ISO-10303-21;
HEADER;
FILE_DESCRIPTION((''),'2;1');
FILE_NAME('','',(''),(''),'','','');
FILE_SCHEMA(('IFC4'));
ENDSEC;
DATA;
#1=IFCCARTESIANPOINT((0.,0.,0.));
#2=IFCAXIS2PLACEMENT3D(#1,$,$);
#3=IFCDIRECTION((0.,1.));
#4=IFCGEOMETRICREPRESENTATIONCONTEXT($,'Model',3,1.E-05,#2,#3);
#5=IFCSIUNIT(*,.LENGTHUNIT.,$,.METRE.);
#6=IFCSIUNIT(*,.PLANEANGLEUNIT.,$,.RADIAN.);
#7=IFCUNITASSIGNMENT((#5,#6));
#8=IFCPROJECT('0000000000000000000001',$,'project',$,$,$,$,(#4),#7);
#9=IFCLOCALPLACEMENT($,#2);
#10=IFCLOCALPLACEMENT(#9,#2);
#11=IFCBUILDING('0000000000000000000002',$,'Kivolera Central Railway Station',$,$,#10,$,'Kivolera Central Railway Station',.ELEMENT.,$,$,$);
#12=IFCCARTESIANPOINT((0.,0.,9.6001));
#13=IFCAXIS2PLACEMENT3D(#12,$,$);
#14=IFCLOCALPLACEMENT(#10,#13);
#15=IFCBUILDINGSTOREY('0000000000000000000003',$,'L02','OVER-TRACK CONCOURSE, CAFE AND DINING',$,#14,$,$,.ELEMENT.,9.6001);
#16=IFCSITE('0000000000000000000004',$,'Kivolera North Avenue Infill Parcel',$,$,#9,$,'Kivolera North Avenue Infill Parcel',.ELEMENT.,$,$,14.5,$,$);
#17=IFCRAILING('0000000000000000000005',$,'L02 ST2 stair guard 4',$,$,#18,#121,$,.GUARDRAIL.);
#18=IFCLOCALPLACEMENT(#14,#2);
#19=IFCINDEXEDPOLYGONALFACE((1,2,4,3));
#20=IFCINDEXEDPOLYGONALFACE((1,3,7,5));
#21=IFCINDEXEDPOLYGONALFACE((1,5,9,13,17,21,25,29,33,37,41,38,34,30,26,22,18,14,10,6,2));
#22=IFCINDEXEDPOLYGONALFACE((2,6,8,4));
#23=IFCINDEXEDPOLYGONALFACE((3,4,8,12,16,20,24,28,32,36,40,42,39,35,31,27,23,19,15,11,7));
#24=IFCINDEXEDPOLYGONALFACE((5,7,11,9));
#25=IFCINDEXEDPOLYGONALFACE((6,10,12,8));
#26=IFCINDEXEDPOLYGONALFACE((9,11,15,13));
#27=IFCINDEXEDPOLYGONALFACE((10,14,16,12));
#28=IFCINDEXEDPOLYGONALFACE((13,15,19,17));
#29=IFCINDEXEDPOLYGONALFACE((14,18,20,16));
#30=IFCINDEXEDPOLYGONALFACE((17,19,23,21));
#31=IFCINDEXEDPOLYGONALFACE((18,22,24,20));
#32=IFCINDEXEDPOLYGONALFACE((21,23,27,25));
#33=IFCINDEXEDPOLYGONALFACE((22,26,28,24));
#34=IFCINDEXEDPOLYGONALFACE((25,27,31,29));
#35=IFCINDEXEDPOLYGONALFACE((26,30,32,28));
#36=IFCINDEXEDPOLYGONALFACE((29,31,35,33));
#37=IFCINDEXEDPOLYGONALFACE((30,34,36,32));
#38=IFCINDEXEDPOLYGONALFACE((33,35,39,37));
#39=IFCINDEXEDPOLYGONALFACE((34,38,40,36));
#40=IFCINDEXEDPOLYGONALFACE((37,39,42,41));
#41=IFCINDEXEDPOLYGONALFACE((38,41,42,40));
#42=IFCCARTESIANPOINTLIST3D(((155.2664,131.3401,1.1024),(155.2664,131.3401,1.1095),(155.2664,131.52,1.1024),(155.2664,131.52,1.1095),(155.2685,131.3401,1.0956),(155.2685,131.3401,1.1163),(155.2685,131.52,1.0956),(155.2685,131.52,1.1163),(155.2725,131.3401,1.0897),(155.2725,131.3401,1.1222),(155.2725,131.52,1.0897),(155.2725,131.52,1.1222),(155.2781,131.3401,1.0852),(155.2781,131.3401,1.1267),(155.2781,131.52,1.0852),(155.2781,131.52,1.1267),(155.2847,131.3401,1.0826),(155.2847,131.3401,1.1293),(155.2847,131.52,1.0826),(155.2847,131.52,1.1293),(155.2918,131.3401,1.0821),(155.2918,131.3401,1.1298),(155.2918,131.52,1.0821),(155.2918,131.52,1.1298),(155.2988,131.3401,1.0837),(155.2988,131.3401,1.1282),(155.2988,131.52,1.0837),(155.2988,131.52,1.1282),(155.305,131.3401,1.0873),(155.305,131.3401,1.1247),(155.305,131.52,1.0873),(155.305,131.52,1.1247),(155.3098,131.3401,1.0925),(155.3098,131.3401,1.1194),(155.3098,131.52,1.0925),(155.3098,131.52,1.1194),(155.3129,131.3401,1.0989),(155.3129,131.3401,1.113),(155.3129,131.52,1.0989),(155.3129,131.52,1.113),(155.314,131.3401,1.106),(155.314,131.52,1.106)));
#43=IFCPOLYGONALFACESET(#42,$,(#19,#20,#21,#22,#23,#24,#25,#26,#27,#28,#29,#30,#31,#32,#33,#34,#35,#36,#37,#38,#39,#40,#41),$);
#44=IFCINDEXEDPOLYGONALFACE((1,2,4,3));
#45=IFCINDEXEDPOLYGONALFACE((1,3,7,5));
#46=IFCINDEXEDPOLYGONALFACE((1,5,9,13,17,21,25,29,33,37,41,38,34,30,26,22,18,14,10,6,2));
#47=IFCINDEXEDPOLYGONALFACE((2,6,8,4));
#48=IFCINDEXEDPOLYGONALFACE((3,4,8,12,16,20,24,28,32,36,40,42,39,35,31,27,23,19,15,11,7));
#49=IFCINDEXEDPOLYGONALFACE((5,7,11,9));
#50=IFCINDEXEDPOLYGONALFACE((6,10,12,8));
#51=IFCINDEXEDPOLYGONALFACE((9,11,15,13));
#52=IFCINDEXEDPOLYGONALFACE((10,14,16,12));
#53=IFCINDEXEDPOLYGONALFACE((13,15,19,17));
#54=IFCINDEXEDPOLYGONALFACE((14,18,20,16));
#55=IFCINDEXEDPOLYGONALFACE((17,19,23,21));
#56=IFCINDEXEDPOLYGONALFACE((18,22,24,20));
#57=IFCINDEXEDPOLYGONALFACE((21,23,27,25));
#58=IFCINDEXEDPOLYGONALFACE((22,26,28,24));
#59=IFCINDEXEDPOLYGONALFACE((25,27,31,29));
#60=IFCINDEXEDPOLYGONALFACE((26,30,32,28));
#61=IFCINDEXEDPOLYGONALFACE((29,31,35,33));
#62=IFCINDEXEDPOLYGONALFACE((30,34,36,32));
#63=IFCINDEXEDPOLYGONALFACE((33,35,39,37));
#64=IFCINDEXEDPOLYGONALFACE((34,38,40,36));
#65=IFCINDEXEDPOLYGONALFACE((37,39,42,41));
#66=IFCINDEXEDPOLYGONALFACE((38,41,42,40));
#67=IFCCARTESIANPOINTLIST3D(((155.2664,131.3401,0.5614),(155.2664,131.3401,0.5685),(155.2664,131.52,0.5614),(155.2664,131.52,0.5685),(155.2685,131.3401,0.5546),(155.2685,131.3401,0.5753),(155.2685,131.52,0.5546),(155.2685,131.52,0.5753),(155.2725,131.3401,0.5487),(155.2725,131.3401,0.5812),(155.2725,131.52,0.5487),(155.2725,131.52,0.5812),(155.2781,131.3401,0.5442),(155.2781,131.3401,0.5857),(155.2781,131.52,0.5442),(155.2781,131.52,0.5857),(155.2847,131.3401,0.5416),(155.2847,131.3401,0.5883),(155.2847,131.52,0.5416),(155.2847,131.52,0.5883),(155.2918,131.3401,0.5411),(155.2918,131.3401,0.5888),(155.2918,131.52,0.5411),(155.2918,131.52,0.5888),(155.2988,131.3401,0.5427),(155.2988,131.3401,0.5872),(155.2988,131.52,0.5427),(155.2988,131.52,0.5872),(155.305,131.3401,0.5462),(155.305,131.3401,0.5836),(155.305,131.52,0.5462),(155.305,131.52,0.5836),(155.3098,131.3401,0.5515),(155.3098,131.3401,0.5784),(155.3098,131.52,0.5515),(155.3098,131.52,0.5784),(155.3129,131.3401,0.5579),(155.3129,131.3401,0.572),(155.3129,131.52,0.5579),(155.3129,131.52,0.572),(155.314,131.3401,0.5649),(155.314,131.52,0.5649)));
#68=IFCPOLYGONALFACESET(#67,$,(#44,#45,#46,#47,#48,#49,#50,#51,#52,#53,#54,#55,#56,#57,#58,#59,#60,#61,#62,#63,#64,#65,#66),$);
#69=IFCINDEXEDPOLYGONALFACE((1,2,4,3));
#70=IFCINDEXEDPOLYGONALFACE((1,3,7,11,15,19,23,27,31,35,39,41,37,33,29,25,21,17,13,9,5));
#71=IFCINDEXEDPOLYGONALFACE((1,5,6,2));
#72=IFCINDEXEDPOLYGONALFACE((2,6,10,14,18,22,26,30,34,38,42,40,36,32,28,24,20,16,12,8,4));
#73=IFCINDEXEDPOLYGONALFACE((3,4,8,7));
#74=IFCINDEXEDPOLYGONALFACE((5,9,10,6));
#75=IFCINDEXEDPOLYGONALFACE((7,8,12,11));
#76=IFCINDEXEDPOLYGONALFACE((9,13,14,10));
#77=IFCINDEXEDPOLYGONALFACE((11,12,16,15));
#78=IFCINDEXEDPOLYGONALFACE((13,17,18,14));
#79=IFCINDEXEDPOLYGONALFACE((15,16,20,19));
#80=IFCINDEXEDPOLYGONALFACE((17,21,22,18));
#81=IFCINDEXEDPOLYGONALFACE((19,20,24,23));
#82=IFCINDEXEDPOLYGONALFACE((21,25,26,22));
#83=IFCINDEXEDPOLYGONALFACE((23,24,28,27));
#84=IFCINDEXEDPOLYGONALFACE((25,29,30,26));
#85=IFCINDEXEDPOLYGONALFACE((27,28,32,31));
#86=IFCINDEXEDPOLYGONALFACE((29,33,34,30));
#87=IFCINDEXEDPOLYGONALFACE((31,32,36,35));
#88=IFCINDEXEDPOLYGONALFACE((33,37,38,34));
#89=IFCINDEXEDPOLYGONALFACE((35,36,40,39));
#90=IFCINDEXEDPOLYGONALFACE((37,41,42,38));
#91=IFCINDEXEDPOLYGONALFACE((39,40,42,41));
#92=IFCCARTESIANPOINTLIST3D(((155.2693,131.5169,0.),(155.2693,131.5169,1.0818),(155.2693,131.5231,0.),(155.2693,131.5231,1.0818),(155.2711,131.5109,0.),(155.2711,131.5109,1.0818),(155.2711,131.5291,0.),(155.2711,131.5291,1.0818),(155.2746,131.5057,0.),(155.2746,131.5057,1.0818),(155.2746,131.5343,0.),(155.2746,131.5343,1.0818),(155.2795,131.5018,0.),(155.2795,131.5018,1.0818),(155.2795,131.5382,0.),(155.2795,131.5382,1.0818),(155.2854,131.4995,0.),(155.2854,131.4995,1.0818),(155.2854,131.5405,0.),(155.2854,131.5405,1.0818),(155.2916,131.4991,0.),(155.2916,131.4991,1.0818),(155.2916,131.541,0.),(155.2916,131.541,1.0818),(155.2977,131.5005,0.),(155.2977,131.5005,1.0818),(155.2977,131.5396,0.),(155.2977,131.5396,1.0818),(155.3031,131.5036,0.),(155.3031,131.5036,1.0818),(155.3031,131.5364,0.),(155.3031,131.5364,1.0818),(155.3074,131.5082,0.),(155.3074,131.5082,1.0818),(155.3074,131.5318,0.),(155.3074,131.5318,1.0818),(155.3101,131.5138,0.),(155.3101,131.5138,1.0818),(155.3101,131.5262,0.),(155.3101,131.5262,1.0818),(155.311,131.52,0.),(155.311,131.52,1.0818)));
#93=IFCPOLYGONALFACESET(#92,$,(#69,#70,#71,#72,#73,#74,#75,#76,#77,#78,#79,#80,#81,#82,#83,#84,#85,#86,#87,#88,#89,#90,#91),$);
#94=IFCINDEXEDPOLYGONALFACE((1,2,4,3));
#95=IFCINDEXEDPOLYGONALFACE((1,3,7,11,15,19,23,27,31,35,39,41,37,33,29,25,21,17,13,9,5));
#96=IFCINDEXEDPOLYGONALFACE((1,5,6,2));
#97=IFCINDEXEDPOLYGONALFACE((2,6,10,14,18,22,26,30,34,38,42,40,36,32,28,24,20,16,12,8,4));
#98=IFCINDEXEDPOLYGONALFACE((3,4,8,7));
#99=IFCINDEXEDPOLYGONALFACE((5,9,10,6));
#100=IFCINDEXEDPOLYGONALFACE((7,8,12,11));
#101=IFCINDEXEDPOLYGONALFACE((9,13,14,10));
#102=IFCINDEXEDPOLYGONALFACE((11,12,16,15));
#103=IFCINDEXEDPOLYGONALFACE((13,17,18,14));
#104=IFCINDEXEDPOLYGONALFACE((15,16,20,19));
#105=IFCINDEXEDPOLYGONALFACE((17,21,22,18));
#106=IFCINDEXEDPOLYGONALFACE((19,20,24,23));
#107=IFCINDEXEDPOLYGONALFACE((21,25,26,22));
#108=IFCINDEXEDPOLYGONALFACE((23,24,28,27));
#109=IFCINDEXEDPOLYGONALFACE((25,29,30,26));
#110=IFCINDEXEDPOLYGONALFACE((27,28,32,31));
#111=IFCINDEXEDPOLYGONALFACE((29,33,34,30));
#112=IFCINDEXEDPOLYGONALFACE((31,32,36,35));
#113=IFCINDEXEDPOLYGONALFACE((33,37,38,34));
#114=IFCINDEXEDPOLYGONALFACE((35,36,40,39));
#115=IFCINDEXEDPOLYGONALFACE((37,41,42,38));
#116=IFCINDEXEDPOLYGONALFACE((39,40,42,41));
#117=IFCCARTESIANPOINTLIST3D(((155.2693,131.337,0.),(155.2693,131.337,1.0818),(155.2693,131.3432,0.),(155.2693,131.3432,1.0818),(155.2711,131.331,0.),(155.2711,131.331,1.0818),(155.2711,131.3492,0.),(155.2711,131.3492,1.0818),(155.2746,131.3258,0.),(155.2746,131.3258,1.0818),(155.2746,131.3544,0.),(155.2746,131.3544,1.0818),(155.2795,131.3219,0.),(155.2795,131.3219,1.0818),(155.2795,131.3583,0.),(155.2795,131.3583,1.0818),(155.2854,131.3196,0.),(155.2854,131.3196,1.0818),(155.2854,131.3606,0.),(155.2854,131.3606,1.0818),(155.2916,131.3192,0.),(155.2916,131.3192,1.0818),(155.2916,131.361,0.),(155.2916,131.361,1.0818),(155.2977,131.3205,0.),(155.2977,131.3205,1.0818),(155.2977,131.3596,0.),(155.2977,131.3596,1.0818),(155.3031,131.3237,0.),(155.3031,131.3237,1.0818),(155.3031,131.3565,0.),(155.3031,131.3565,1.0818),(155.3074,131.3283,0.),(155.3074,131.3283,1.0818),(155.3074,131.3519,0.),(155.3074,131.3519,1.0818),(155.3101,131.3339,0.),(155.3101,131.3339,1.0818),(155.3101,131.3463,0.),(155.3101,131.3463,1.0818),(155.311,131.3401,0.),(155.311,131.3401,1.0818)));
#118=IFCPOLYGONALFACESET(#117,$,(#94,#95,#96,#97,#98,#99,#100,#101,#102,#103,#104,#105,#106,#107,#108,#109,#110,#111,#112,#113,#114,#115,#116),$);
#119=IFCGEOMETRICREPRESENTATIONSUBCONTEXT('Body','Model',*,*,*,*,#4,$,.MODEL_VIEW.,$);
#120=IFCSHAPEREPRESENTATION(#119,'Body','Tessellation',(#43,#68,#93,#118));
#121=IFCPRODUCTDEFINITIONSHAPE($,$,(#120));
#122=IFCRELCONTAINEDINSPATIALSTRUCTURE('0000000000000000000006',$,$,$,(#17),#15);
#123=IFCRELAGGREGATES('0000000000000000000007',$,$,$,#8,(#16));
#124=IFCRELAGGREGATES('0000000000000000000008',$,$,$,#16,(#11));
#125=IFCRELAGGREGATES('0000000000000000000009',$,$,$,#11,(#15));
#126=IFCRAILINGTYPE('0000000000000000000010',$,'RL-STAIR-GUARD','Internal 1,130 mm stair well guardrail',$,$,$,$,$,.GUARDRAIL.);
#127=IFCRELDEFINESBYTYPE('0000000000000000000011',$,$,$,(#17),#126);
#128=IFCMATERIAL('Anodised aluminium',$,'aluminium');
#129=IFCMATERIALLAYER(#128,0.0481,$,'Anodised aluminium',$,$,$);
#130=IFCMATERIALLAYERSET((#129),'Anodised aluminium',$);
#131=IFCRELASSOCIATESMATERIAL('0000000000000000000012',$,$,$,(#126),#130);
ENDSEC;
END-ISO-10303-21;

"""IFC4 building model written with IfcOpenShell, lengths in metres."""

from ifc_helpers import new_model, si_unit, direction, frame, origin, origin_2d, place, context, subcontext, project, spatial, circle, extrude, material, layer, layer_set, type_object, element, save


model = new_model("IFC4")

# Units and contexts
model_context = context("Model", 3, precision=1e-05, world=origin(), true_north=direction((0.0, 1.0)))
body_context = subcontext(model_context, "Body", "Model", "MODEL_VIEW")
ifc_project = project(units=[si_unit("LENGTHUNIT", "METRE"), si_unit("PLANEANGLEUNIT", "RADIAN")], contexts=[model_context])

# Site, building, storey
site_placement = place(None, origin())
site = spatial("IfcSite", under=ifc_project, at=site_placement, Name="Kivolera North Avenue Infill Parcel", LongName="Kivolera North Avenue Infill Parcel", CompositionType="ELEMENT", RefElevation=14.5)
building_placement = place(site_placement, origin())
building = spatial("IfcBuilding", under=site, at=building_placement, Name="Kivolera Central Railway Station", LongName="Kivolera Central Railway Station", CompositionType="ELEMENT")
storey_placement = place(building_placement, frame((0.0, 0.0, 9.6001)))
storey = spatial("IfcBuildingStorey", under=building, at=storey_placement, Name="L02", Description="OVER-TRACK CONCOURSE, CAFE AND DINING", CompositionType="ELEMENT", Elevation=9.6001)

# Shared definitions
ifc_material_1 = material(Name="Anodised aluminium", Category="aluminium")

# Railing
ifc_layer_1 = layer(ifc_material_1, 0.0481, Name="Anodised aluminium")
ifc_layer_set_1 = layer_set([ifc_layer_1], Name="Anodised aluminium")
railing_type_1 = type_object("IfcRailingType", Name="RL-STAIR-GUARD", Description="Internal 1,130 mm stair well guardrail", PredefinedType="GUARDRAIL", material=ifc_layer_set_1)
railing_1_placement = place(storey_placement, frame((155.29, 131.52, 0.0)))
element("IfcRailing", 1, at=railing_1_placement, inside=storey, type_object=railing_type_1, Name="L02 ST2 stair guard 4", PredefinedType="GUARDRAIL", context=body_context, shape_type="SweptSolid", body=[
    extrude(circle(Radius=0.0239, at=origin_2d()), frame((0.0, 0.0, 1.106), z_axis=(0.0, -1.0, 0.0), x_axis=(1.0, 0.0, 0.0)), (0.0, 0.0, 1.0), 0.1799),
    extrude(circle(Radius=0.0239, at=origin_2d()), frame((0.0, 0.0, 0.5649), z_axis=(0.0, -1.0, 0.0), x_axis=(1.0, 0.0, 0.0)), (0.0, 0.0, 1.0), 0.1799),
    extrude(circle(Radius=0.021, at=origin_2d()), origin(), (0.0, 0.0, 1.0), 1.0818),
    extrude(circle(Radius=0.021, at=origin_2d()), frame((0.0, -0.1799, 0.0)), (0.0, 0.0, 1.0), 1.0818),
])

save(model, "model.ifc")
